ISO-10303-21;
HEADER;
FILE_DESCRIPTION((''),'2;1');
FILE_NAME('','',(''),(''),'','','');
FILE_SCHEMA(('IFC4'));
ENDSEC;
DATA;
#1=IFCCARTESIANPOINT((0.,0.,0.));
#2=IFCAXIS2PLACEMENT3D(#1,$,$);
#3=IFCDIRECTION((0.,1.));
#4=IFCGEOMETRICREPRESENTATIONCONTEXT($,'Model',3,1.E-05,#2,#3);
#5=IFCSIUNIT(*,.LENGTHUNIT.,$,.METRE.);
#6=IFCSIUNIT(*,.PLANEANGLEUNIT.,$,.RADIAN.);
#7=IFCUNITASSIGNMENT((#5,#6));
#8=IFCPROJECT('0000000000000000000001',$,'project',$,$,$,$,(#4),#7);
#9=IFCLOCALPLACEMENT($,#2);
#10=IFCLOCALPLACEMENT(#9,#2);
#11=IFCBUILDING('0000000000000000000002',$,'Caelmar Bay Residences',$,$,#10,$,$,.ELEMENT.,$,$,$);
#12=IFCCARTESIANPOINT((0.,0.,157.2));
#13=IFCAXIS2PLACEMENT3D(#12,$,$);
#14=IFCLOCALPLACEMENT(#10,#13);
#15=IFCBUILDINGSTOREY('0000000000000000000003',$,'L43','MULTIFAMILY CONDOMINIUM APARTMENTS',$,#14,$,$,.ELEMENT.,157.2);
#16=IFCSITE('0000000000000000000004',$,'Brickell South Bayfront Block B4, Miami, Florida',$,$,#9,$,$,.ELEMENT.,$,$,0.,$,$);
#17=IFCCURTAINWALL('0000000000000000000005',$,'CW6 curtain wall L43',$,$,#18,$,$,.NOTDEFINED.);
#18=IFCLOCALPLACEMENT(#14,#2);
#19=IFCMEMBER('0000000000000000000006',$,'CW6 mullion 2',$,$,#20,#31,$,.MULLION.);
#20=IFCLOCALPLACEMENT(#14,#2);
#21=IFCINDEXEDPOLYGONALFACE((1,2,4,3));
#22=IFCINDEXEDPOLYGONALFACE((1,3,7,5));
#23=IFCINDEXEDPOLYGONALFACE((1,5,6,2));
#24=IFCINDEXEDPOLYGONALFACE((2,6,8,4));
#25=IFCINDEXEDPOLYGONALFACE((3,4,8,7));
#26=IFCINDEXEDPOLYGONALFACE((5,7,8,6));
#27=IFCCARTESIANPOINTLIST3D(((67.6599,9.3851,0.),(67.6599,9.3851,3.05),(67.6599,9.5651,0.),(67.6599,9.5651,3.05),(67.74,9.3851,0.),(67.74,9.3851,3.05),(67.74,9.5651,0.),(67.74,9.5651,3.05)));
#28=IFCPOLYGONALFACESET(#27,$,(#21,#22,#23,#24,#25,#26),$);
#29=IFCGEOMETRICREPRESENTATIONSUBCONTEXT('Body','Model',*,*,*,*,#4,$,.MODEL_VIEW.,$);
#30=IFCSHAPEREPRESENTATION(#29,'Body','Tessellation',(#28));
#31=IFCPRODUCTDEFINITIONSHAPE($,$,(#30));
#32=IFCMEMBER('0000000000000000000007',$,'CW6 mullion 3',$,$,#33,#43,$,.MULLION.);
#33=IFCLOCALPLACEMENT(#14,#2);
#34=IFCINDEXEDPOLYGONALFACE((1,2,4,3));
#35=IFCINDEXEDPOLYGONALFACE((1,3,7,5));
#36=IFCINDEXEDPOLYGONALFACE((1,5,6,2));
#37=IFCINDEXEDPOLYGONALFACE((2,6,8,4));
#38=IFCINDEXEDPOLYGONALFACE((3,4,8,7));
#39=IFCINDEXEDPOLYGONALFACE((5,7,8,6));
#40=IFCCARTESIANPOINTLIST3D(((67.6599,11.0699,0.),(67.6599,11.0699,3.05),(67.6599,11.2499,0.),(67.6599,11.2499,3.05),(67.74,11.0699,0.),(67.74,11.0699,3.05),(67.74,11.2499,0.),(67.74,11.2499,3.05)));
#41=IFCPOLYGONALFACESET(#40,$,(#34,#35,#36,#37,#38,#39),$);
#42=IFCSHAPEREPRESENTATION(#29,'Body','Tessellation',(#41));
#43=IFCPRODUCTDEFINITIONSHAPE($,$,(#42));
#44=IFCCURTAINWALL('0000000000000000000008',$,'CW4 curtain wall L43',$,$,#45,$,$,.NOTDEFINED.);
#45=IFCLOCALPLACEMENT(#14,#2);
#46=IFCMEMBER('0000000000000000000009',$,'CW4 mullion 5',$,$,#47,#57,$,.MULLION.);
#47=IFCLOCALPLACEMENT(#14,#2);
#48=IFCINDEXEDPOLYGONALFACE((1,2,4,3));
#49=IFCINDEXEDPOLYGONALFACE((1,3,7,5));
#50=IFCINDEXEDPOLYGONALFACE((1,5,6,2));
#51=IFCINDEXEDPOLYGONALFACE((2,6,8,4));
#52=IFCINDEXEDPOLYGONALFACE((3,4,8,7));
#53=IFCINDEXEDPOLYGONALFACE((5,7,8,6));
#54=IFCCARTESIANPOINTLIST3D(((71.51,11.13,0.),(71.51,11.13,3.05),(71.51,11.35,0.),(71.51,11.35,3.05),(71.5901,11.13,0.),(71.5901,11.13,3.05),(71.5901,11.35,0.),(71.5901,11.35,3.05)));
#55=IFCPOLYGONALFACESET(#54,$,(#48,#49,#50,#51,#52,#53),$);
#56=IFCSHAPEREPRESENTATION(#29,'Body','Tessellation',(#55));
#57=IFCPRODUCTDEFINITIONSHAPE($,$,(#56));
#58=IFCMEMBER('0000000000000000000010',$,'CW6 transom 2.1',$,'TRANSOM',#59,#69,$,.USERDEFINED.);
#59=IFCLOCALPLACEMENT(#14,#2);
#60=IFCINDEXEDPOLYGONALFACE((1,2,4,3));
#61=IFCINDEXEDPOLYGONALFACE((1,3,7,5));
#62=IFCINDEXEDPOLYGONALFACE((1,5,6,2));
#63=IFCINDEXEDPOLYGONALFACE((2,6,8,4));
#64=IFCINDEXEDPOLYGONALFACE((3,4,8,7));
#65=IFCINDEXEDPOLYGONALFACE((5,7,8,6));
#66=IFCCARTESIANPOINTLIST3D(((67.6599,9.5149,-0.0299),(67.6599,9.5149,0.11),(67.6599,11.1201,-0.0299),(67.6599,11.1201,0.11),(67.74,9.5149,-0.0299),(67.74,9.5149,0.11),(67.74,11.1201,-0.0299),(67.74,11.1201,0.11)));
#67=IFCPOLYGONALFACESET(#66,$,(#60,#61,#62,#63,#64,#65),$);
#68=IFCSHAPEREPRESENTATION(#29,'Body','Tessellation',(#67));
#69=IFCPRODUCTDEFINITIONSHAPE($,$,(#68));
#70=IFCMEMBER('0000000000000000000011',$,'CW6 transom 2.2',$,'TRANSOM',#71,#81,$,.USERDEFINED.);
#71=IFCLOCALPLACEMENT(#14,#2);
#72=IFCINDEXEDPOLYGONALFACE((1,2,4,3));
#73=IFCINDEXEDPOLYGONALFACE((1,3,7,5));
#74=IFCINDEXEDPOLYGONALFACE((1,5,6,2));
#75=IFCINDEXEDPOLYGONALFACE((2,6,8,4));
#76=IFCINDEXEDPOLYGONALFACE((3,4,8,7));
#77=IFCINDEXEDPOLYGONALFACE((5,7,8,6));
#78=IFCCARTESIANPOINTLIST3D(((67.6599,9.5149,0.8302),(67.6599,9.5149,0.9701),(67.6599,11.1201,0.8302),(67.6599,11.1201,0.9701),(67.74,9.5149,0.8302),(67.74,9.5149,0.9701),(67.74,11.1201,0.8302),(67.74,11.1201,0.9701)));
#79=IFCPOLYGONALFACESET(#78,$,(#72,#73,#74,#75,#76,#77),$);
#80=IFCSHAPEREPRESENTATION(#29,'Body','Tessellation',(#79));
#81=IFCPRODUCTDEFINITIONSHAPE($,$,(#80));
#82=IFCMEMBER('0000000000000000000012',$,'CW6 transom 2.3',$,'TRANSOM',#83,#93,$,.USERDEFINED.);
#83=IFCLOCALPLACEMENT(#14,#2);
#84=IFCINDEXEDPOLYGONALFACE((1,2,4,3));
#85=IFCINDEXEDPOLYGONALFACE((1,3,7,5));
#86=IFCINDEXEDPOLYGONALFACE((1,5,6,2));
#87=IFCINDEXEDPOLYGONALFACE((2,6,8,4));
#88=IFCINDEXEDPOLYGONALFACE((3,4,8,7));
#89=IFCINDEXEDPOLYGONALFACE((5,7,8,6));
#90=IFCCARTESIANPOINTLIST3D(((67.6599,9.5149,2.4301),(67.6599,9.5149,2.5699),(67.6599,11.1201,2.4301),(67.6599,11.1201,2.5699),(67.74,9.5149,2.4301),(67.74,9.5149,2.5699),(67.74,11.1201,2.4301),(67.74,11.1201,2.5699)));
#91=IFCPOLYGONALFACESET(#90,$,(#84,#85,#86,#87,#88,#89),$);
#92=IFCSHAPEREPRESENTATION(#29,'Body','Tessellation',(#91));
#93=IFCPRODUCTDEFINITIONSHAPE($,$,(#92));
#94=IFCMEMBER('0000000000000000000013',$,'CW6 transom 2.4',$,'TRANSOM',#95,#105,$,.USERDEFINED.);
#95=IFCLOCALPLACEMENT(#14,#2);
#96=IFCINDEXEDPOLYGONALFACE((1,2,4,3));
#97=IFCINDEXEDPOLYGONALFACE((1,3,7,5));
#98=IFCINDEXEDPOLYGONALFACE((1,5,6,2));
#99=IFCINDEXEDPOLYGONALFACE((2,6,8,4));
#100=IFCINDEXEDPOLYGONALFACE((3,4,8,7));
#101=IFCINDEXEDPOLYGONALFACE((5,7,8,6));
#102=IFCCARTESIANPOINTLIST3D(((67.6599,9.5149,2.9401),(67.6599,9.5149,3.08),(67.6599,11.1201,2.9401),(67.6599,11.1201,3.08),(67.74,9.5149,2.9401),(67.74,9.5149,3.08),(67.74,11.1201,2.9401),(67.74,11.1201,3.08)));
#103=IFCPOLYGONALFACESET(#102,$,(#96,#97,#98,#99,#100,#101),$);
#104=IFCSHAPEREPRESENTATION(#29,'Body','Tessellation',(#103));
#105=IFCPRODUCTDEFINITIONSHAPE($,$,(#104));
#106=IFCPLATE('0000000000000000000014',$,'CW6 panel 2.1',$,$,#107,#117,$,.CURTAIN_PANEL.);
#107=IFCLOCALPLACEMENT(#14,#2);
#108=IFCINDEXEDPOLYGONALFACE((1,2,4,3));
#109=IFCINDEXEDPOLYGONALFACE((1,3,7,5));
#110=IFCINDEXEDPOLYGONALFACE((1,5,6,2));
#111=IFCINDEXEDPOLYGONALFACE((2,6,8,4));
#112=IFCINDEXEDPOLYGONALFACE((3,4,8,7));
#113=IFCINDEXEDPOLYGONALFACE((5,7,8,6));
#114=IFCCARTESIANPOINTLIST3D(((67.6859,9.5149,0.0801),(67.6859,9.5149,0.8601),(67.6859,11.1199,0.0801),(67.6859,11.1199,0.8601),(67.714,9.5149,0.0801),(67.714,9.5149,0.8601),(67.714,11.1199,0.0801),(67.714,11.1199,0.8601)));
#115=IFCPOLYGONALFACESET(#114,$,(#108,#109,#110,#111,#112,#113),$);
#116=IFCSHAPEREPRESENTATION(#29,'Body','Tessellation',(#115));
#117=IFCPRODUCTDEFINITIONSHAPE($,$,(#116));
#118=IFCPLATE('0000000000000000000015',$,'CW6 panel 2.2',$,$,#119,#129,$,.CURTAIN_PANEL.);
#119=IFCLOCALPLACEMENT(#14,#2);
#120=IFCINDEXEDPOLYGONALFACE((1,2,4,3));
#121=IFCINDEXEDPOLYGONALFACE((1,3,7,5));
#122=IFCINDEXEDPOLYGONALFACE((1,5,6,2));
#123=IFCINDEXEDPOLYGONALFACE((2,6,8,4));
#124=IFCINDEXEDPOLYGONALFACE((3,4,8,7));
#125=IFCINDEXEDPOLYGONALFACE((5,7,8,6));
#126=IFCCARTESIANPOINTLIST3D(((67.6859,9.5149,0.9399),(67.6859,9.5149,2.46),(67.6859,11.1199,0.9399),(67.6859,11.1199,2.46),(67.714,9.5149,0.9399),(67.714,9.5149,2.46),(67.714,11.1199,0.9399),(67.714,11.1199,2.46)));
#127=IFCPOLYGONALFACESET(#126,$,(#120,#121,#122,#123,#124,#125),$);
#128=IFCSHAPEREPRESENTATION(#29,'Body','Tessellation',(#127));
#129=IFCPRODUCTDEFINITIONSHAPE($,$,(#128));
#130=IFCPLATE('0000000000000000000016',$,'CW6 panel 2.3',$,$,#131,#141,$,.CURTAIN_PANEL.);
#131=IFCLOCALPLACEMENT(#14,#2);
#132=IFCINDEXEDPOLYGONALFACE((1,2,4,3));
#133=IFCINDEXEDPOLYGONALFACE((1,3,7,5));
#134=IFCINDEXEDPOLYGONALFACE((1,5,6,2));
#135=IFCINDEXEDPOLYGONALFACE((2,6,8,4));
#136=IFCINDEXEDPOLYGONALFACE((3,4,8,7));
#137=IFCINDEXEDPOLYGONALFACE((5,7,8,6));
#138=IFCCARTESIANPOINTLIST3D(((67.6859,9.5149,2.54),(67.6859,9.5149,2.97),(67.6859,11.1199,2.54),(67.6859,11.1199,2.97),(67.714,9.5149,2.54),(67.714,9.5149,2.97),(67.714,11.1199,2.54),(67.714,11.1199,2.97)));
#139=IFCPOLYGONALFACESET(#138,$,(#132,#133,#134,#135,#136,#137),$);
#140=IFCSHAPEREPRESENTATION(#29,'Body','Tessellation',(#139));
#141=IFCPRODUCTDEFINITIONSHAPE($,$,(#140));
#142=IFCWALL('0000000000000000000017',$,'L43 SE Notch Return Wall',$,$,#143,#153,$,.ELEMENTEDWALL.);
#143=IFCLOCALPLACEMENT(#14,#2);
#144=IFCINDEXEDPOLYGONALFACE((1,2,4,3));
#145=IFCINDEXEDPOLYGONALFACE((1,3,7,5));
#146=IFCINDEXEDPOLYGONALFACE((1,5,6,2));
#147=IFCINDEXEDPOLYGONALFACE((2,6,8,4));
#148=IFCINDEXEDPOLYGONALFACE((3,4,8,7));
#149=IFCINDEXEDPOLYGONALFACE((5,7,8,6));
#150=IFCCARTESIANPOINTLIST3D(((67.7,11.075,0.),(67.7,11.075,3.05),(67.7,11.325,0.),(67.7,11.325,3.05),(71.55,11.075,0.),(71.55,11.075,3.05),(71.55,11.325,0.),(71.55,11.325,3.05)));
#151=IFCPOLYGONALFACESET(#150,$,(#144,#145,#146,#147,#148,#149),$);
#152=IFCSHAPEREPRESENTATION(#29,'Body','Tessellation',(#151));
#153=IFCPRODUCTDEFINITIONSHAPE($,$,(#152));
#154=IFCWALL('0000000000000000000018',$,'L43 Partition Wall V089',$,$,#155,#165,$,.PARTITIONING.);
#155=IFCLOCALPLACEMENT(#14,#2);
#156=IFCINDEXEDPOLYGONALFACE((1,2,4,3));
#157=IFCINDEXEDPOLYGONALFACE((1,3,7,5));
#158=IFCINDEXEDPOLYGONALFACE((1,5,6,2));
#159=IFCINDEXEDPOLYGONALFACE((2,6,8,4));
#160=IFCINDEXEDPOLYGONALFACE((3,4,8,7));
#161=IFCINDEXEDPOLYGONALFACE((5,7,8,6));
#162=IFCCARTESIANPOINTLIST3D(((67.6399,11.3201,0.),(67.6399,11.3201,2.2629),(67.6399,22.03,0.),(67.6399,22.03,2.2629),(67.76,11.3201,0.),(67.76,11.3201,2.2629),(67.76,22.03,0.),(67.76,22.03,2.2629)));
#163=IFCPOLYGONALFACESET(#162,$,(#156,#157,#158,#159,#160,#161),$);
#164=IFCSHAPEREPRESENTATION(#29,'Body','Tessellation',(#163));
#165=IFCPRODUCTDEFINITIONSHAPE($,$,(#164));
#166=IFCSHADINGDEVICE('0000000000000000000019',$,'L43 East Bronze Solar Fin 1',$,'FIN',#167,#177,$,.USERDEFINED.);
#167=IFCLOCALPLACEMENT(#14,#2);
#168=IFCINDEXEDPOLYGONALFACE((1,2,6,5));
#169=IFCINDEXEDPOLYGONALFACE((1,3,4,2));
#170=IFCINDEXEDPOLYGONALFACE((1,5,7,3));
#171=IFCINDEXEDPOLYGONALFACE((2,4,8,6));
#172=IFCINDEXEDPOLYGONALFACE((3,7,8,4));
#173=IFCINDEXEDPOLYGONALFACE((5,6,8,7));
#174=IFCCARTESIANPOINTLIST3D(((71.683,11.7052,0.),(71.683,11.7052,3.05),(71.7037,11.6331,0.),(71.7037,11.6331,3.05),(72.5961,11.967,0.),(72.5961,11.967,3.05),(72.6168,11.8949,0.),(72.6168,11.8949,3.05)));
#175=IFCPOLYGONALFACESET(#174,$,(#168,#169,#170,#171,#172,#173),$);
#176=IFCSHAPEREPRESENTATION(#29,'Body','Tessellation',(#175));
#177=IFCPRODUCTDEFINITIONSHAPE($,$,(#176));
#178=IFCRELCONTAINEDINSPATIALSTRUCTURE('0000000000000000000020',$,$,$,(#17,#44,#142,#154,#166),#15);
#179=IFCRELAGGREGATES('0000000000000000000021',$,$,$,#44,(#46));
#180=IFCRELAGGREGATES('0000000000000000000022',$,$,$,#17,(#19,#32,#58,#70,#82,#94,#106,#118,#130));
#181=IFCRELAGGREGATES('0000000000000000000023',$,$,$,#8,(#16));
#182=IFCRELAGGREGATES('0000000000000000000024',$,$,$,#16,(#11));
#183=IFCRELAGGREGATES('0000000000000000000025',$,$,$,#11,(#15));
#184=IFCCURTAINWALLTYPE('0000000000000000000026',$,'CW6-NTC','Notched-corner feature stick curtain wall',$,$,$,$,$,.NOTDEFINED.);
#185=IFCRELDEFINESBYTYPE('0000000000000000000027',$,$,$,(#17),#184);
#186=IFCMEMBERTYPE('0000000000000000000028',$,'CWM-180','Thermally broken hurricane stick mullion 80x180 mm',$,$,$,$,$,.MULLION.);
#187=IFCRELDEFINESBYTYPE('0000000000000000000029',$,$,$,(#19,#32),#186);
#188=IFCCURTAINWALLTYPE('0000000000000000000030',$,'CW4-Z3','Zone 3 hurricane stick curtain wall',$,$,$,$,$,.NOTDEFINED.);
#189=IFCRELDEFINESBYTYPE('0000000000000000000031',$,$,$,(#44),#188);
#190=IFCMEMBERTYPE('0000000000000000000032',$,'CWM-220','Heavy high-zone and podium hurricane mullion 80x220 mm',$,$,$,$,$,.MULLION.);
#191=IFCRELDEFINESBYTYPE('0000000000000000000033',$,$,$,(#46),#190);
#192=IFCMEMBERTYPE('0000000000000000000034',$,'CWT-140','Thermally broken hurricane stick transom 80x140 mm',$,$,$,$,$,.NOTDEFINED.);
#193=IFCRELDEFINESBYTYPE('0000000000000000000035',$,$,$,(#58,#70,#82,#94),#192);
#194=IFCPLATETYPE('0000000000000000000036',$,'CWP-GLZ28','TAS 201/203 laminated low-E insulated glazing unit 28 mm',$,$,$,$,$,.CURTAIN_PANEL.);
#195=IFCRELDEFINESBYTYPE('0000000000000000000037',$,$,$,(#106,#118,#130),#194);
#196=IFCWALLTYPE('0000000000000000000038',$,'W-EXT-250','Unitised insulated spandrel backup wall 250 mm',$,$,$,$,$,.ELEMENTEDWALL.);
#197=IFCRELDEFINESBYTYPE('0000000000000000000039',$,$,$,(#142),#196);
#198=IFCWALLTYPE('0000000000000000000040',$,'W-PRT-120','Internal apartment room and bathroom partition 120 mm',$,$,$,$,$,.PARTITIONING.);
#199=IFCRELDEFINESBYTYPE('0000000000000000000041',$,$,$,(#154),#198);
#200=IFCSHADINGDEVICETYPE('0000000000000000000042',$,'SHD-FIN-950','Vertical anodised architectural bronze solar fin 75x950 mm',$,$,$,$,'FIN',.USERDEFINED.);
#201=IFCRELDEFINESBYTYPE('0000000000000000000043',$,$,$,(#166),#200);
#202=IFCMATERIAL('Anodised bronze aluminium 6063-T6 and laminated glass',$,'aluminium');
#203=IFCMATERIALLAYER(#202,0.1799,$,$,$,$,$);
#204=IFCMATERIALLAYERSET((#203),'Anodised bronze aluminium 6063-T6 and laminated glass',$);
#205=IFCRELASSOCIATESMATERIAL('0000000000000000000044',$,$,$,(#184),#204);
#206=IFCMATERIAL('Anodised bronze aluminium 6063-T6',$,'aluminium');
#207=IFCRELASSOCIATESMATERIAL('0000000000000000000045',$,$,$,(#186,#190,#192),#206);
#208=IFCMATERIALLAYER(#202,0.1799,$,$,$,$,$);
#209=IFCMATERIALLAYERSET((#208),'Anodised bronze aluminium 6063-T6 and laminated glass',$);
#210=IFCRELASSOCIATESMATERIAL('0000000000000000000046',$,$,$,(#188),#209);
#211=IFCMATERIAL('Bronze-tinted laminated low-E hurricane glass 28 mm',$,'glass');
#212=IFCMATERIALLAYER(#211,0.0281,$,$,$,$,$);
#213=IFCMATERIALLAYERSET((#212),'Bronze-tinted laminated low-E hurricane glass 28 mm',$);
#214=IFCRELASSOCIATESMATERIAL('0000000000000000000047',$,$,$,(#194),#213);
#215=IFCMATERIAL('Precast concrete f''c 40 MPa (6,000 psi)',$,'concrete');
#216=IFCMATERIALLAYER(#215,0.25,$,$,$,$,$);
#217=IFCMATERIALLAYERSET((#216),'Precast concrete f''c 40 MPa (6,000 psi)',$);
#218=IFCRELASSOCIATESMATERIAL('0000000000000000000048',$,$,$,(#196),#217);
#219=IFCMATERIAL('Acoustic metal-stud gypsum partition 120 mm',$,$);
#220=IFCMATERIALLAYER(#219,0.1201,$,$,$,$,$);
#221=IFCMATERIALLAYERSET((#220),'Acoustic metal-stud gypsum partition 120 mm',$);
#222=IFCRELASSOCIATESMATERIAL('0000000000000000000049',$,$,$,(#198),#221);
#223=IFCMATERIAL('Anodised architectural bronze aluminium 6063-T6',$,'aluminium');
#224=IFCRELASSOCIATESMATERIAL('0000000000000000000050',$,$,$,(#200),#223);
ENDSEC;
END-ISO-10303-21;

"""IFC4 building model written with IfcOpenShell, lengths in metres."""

from ifc_helpers import new_model, si_unit, direction, frame, frame_2d, origin, origin_2d, place, context, subcontext, project, spatial, rectangle, extrude, material, layer, layer_set, material_profile, profile_set, type_object, element, aggregate, save


model = new_model("IFC4")

# Units and contexts
model_context = context("Model", 3, precision=1e-05, world=origin(), true_north=direction((0.0, 1.0)))
body_context = subcontext(model_context, "Body", "Model", "MODEL_VIEW")
ifc_project = project(units=[si_unit("LENGTHUNIT", "METRE"), si_unit("PLANEANGLEUNIT", "RADIAN")], contexts=[model_context])

# Site, building, storey
site_placement = place(None, origin())
site = spatial("IfcSite", under=ifc_project, at=site_placement, Name="Brickell South Bayfront Block B4, Miami, Florida", CompositionType="ELEMENT", RefElevation=0.0)
building_placement = place(site_placement, origin())
building = spatial("IfcBuilding", under=site, at=building_placement, Name="Caelmar Bay Residences", CompositionType="ELEMENT")
storey_placement = place(building_placement, frame((0.0, 0.0, 157.2)))
storey = spatial("IfcBuildingStorey", under=building, at=storey_placement, Name="L43", Description="MULTIFAMILY CONDOMINIUM APARTMENTS", CompositionType="ELEMENT", Elevation=157.2)

# Curtain wall, members
ifc_material_1 = material(Name="Anodised bronze aluminium 6063-T6 and laminated glass", Category="aluminium")
ifc_layer_1 = layer(ifc_material_1, 0.1799)
ifc_layer_set_1 = layer_set([ifc_layer_1], Name="Anodised bronze aluminium 6063-T6 and laminated glass")
curtain_wall_type_1 = type_object("IfcCurtainWallType", Name="CW6-NTC", Description="Notched-corner feature stick curtain wall", PredefinedType="NOTDEFINED", material=ifc_layer_set_1)
curtain_wall_1_placement = place(storey_placement, origin())
curtain_wall_1 = element("IfcCurtainWall", 1, at=curtain_wall_1_placement, inside=storey, type_object=curtain_wall_type_1, Name="CW6 curtain wall L43", PredefinedType="NOTDEFINED")
ifc_material_2 = material(Name="Anodised bronze aluminium 6063-T6", Category="aluminium")
ifc_material_profile_1 = material_profile(ifc_material_2, rectangle(XDim=0.0801, YDim=0.1799, at=origin_2d()), Name="CWM-80X180")
ifc_profile_set_1 = profile_set([ifc_material_profile_1], Name="Anodised bronze aluminium 6063-T6")
member_type_1 = type_object("IfcMemberType", Name="CWM-180", Description="Thermally broken hurricane stick mullion 80x180 mm", PredefinedType="MULLION", material=ifc_profile_set_1)
member_1_placement = place(storey_placement, frame((67.7, 9.4751, 0.0), z_axis=(0.0, 0.0, 1.0), x_axis=(-1.0, 0.0, 0.0)))
member_1 = element("IfcMember", 2, at=member_1_placement, type_object=member_type_1, Name="CW6 mullion 2", PredefinedType="MULLION", context=body_context, shape_type="SweptSolid", body=[
    extrude(rectangle(XDim=0.0801, YDim=0.1799, at=origin_2d()), origin(), (0.0, 0.0, 1.0), 3.05),
])
member_2_placement = place(storey_placement, frame((67.7, 11.1599, 0.0), z_axis=(0.0, 0.0, 1.0), x_axis=(-1.0, 0.0, 0.0)))
member_2 = element("IfcMember", 3, at=member_2_placement, type_object=member_type_1, Name="CW6 mullion 3", PredefinedType="MULLION", context=body_context, shape_type="SweptSolid", body=[
    extrude(rectangle(XDim=0.0801, YDim=0.1799, at=origin_2d()), origin(), (0.0, 0.0, 1.0), 3.05),
])

# Curtain wall, member
ifc_layer_2 = layer(ifc_material_1, 0.1799)
ifc_layer_set_2 = layer_set([ifc_layer_2], Name="Anodised bronze aluminium 6063-T6 and laminated glass")
curtain_wall_type_2 = type_object("IfcCurtainWallType", Name="CW4-Z3", Description="Zone 3 hurricane stick curtain wall", PredefinedType="NOTDEFINED", material=ifc_layer_set_2)
curtain_wall_2_placement = place(storey_placement, origin())
curtain_wall_2 = element("IfcCurtainWall", 4, at=curtain_wall_2_placement, inside=storey, type_object=curtain_wall_type_2, Name="CW4 curtain wall L43", PredefinedType="NOTDEFINED")
ifc_material_profile_2 = material_profile(ifc_material_2, rectangle(XDim=0.0801, YDim=0.22, at=origin_2d()), Name="CWM-80X220")
ifc_profile_set_2 = profile_set([ifc_material_profile_2], Name="Anodised bronze aluminium 6063-T6")
member_type_2 = type_object("IfcMemberType", Name="CWM-220", Description="Heavy high-zone and podium hurricane mullion 80x220 mm", PredefinedType="MULLION", material=ifc_profile_set_2)
member_3_placement = place(storey_placement, frame((71.55, 11.24, 0.0), z_axis=(0.0, 0.0, 1.0), x_axis=(1.0, 0.0, 0.0)))
member_3 = element("IfcMember", 5, at=member_3_placement, type_object=member_type_2, Name="CW4 mullion 5", PredefinedType="MULLION", context=body_context, shape_type="SweptSolid", body=[
    extrude(rectangle(XDim=0.0801, YDim=0.22, at=origin_2d()), origin(), (0.0, 0.0, 1.0), 3.05),
])
aggregate(curtain_wall_2, [member_3])

# Members
ifc_material_profile_3 = material_profile(ifc_material_2, rectangle(XDim=0.0801, YDim=0.1399, at=origin_2d()), Name="CWT-80X140")
ifc_profile_set_3 = profile_set([ifc_material_profile_3], Name="Anodised bronze aluminium 6063-T6")
member_type_3 = type_object("IfcMemberType", Name="CWT-140", Description="Thermally broken hurricane stick transom 80x140 mm", PredefinedType="NOTDEFINED", material=ifc_profile_set_3)
member_4_placement = place(storey_placement, frame((67.7, 9.5149, 0.04), z_axis=(0.0, 1.0, 0.0), x_axis=(-1.0, 0.0, 0.0)))
member_4 = element("IfcMember", 6, at=member_4_placement, type_object=member_type_3, Name="CW6 transom 2.1", ObjectType="TRANSOM", PredefinedType="USERDEFINED", context=body_context, shape_type="SweptSolid", body=[
    extrude(rectangle(XDim=0.0801, YDim=0.1399, at=origin_2d()), origin(), (0.0, 0.0, 1.0), 1.6052),
])
member_5_placement = place(storey_placement, frame((67.7, 9.5149, 0.9001), z_axis=(0.0, 1.0, 0.0), x_axis=(-1.0, 0.0, 0.0)))
member_5 = element("IfcMember", 7, at=member_5_placement, type_object=member_type_3, Name="CW6 transom 2.2", ObjectType="TRANSOM", PredefinedType="USERDEFINED", context=body_context, shape_type="SweptSolid", body=[
    extrude(rectangle(XDim=0.0801, YDim=0.1399, at=origin_2d()), origin(), (0.0, 0.0, 1.0), 1.6052),
])
member_6_placement = place(storey_placement, frame((67.7, 9.5149, 2.5), z_axis=(0.0, 1.0, 0.0), x_axis=(-1.0, 0.0, 0.0)))
member_6 = element("IfcMember", 8, at=member_6_placement, type_object=member_type_3, Name="CW6 transom 2.3", ObjectType="TRANSOM", PredefinedType="USERDEFINED", context=body_context, shape_type="SweptSolid", body=[
    extrude(rectangle(XDim=0.0801, YDim=0.1399, at=origin_2d()), origin(), (0.0, 0.0, 1.0), 1.6052),
])
member_7_placement = place(storey_placement, frame((67.7, 9.5149, 3.01), z_axis=(0.0, 1.0, 0.0), x_axis=(-1.0, 0.0, 0.0)))
member_7 = element("IfcMember", 9, at=member_7_placement, type_object=member_type_3, Name="CW6 transom 2.4", ObjectType="TRANSOM", PredefinedType="USERDEFINED", context=body_context, shape_type="SweptSolid", body=[
    extrude(rectangle(XDim=0.0801, YDim=0.1399, at=origin_2d()), origin(), (0.0, 0.0, 1.0), 1.6052),
])

# Plates
ifc_material_3 = material(Name="Bronze-tinted laminated low-E hurricane glass 28 mm", Category="glass")
ifc_layer_3 = layer(ifc_material_3, 0.0281)
ifc_layer_set_3 = layer_set([ifc_layer_3], Name="Bronze-tinted laminated low-E hurricane glass 28 mm")
plate_type = type_object("IfcPlateType", Name="CWP-GLZ28", Description="TAS 201/203 laminated low-E insulated glazing unit 28 mm", PredefinedType="CURTAIN_PANEL", material=ifc_layer_set_3)
plate_1_placement = place(storey_placement, frame((67.7, 10.3174, 0.0801), z_axis=(0.0, 0.0, 1.0), x_axis=(0.0, 1.0, 0.0)))
plate_1 = element("IfcPlate", 10, at=plate_1_placement, type_object=plate_type, Name="CW6 panel 2.1", PredefinedType="CURTAIN_PANEL", context=body_context, shape_type="SweptSolid", body=[
    extrude(rectangle(XDim=1.605, YDim=0.0281, at=origin_2d()), origin(), (0.0, 0.0, 1.0), 0.78),
])
plate_2_placement = place(storey_placement, frame((67.7, 10.3174, 0.9399), z_axis=(0.0, 0.0, 1.0), x_axis=(0.0, 1.0, 0.0)))
plate_2 = element("IfcPlate", 11, at=plate_2_placement, type_object=plate_type, Name="CW6 panel 2.2", PredefinedType="CURTAIN_PANEL", context=body_context, shape_type="SweptSolid", body=[
    extrude(rectangle(XDim=1.605, YDim=0.0281, at=origin_2d()), origin(), (0.0, 0.0, 1.0), 1.52),
])
plate_3_placement = place(storey_placement, frame((67.7, 10.3174, 2.54), z_axis=(0.0, 0.0, 1.0), x_axis=(0.0, 1.0, 0.0)))
plate_3 = element("IfcPlate", 12, at=plate_3_placement, type_object=plate_type, Name="CW6 panel 2.3", PredefinedType="CURTAIN_PANEL", context=body_context, shape_type="SweptSolid", body=[
    extrude(rectangle(XDim=1.605, YDim=0.0281, at=origin_2d()), origin(), (0.0, 0.0, 1.0), 0.4299),
])
aggregate(curtain_wall_1, [member_1, member_2, member_4, member_5, member_6, member_7, plate_1, plate_2, plate_3])

# Walls
ifc_material_4 = material(Name="Precast concrete f'c 40 MPa (6,000 psi)", Category="concrete")
ifc_layer_4 = layer(ifc_material_4, 0.25)
ifc_layer_set_4 = layer_set([ifc_layer_4], Name="Precast concrete f'c 40 MPa (6,000 psi)")
wall_type_1 = type_object("IfcWallType", Name="W-EXT-250", Description="Unitised insulated spandrel backup wall 250 mm", PredefinedType="ELEMENTEDWALL", material=ifc_layer_set_4)
wall_1_placement = place(storey_placement, frame((67.7, 11.2, 0.0), z_axis=(0.0, 0.0, 1.0), x_axis=(1.0, 0.0, 0.0)))
element("IfcWall", 13, at=wall_1_placement, inside=storey, type_object=wall_type_1, Name="L43 SE Notch Return Wall", PredefinedType="ELEMENTEDWALL", context=body_context, shape_type="SweptSolid", body=[
    extrude(rectangle(XDim=3.8501, YDim=0.25, at=frame_2d((1.925, 0.0))), origin(), (0.0, 0.0, 1.0), 3.05),
])
ifc_material_5 = material(Name="Acoustic metal-stud gypsum partition 120 mm")
ifc_layer_5 = layer(ifc_material_5, 0.1201)
ifc_layer_set_5 = layer_set([ifc_layer_5], Name="Acoustic metal-stud gypsum partition 120 mm")
wall_type_2 = type_object("IfcWallType", Name="W-PRT-120", Description="Internal apartment room and bathroom partition 120 mm", PredefinedType="PARTITIONING", material=ifc_layer_set_5)
wall_2_placement = place(storey_placement, frame((67.7, 11.3201, 0.0), z_axis=(0.0, 0.0, 1.0), x_axis=(0.0, 1.0, 0.0)))
element("IfcWall", 14, at=wall_2_placement, inside=storey, type_object=wall_type_2, Name="L43 Partition Wall V089", PredefinedType="PARTITIONING", context=body_context, shape_type="SweptSolid", body=[
    extrude(rectangle(XDim=10.71, YDim=0.1201, at=frame_2d((5.355, 0.0))), origin(), (0.0, 0.0, 1.0), 2.2629),
])

# Shading device
ifc_material_6 = material(Name="Anodised architectural bronze aluminium 6063-T6", Category="aluminium")
ifc_material_profile_4 = material_profile(ifc_material_6, rectangle(XDim=0.075, YDim=0.95, at=origin_2d()), Name="BRONZE-FIN-75X950")
ifc_profile_set_4 = profile_set([ifc_material_profile_4], Name="Anodised architectural bronze aluminium 6063-T6")
shading_device_type = type_object("IfcShadingDeviceType", Name="SHD-FIN-950", Description="Vertical anodised architectural bronze solar fin 75x950 mm", ElementType="FIN", PredefinedType="USERDEFINED", material=ifc_profile_set_4)
shading_device_placement = place(storey_placement, frame((72.1499, 11.8, 0.0), z_axis=(0.0, 0.0, 1.0), x_axis=(-0.275637, 0.961262, 0.0)))
element("IfcShadingDevice", 15, at=shading_device_placement, inside=storey, type_object=shading_device_type, Name="L43 East Bronze Solar Fin 1", ObjectType="FIN", PredefinedType="USERDEFINED", context=body_context, shape_type="SweptSolid", body=[
    extrude(rectangle(XDim=0.075, YDim=0.95, at=origin_2d()), origin(), (0.0, 0.0, 1.0), 3.05),
])

save(model, "model.ifc")
